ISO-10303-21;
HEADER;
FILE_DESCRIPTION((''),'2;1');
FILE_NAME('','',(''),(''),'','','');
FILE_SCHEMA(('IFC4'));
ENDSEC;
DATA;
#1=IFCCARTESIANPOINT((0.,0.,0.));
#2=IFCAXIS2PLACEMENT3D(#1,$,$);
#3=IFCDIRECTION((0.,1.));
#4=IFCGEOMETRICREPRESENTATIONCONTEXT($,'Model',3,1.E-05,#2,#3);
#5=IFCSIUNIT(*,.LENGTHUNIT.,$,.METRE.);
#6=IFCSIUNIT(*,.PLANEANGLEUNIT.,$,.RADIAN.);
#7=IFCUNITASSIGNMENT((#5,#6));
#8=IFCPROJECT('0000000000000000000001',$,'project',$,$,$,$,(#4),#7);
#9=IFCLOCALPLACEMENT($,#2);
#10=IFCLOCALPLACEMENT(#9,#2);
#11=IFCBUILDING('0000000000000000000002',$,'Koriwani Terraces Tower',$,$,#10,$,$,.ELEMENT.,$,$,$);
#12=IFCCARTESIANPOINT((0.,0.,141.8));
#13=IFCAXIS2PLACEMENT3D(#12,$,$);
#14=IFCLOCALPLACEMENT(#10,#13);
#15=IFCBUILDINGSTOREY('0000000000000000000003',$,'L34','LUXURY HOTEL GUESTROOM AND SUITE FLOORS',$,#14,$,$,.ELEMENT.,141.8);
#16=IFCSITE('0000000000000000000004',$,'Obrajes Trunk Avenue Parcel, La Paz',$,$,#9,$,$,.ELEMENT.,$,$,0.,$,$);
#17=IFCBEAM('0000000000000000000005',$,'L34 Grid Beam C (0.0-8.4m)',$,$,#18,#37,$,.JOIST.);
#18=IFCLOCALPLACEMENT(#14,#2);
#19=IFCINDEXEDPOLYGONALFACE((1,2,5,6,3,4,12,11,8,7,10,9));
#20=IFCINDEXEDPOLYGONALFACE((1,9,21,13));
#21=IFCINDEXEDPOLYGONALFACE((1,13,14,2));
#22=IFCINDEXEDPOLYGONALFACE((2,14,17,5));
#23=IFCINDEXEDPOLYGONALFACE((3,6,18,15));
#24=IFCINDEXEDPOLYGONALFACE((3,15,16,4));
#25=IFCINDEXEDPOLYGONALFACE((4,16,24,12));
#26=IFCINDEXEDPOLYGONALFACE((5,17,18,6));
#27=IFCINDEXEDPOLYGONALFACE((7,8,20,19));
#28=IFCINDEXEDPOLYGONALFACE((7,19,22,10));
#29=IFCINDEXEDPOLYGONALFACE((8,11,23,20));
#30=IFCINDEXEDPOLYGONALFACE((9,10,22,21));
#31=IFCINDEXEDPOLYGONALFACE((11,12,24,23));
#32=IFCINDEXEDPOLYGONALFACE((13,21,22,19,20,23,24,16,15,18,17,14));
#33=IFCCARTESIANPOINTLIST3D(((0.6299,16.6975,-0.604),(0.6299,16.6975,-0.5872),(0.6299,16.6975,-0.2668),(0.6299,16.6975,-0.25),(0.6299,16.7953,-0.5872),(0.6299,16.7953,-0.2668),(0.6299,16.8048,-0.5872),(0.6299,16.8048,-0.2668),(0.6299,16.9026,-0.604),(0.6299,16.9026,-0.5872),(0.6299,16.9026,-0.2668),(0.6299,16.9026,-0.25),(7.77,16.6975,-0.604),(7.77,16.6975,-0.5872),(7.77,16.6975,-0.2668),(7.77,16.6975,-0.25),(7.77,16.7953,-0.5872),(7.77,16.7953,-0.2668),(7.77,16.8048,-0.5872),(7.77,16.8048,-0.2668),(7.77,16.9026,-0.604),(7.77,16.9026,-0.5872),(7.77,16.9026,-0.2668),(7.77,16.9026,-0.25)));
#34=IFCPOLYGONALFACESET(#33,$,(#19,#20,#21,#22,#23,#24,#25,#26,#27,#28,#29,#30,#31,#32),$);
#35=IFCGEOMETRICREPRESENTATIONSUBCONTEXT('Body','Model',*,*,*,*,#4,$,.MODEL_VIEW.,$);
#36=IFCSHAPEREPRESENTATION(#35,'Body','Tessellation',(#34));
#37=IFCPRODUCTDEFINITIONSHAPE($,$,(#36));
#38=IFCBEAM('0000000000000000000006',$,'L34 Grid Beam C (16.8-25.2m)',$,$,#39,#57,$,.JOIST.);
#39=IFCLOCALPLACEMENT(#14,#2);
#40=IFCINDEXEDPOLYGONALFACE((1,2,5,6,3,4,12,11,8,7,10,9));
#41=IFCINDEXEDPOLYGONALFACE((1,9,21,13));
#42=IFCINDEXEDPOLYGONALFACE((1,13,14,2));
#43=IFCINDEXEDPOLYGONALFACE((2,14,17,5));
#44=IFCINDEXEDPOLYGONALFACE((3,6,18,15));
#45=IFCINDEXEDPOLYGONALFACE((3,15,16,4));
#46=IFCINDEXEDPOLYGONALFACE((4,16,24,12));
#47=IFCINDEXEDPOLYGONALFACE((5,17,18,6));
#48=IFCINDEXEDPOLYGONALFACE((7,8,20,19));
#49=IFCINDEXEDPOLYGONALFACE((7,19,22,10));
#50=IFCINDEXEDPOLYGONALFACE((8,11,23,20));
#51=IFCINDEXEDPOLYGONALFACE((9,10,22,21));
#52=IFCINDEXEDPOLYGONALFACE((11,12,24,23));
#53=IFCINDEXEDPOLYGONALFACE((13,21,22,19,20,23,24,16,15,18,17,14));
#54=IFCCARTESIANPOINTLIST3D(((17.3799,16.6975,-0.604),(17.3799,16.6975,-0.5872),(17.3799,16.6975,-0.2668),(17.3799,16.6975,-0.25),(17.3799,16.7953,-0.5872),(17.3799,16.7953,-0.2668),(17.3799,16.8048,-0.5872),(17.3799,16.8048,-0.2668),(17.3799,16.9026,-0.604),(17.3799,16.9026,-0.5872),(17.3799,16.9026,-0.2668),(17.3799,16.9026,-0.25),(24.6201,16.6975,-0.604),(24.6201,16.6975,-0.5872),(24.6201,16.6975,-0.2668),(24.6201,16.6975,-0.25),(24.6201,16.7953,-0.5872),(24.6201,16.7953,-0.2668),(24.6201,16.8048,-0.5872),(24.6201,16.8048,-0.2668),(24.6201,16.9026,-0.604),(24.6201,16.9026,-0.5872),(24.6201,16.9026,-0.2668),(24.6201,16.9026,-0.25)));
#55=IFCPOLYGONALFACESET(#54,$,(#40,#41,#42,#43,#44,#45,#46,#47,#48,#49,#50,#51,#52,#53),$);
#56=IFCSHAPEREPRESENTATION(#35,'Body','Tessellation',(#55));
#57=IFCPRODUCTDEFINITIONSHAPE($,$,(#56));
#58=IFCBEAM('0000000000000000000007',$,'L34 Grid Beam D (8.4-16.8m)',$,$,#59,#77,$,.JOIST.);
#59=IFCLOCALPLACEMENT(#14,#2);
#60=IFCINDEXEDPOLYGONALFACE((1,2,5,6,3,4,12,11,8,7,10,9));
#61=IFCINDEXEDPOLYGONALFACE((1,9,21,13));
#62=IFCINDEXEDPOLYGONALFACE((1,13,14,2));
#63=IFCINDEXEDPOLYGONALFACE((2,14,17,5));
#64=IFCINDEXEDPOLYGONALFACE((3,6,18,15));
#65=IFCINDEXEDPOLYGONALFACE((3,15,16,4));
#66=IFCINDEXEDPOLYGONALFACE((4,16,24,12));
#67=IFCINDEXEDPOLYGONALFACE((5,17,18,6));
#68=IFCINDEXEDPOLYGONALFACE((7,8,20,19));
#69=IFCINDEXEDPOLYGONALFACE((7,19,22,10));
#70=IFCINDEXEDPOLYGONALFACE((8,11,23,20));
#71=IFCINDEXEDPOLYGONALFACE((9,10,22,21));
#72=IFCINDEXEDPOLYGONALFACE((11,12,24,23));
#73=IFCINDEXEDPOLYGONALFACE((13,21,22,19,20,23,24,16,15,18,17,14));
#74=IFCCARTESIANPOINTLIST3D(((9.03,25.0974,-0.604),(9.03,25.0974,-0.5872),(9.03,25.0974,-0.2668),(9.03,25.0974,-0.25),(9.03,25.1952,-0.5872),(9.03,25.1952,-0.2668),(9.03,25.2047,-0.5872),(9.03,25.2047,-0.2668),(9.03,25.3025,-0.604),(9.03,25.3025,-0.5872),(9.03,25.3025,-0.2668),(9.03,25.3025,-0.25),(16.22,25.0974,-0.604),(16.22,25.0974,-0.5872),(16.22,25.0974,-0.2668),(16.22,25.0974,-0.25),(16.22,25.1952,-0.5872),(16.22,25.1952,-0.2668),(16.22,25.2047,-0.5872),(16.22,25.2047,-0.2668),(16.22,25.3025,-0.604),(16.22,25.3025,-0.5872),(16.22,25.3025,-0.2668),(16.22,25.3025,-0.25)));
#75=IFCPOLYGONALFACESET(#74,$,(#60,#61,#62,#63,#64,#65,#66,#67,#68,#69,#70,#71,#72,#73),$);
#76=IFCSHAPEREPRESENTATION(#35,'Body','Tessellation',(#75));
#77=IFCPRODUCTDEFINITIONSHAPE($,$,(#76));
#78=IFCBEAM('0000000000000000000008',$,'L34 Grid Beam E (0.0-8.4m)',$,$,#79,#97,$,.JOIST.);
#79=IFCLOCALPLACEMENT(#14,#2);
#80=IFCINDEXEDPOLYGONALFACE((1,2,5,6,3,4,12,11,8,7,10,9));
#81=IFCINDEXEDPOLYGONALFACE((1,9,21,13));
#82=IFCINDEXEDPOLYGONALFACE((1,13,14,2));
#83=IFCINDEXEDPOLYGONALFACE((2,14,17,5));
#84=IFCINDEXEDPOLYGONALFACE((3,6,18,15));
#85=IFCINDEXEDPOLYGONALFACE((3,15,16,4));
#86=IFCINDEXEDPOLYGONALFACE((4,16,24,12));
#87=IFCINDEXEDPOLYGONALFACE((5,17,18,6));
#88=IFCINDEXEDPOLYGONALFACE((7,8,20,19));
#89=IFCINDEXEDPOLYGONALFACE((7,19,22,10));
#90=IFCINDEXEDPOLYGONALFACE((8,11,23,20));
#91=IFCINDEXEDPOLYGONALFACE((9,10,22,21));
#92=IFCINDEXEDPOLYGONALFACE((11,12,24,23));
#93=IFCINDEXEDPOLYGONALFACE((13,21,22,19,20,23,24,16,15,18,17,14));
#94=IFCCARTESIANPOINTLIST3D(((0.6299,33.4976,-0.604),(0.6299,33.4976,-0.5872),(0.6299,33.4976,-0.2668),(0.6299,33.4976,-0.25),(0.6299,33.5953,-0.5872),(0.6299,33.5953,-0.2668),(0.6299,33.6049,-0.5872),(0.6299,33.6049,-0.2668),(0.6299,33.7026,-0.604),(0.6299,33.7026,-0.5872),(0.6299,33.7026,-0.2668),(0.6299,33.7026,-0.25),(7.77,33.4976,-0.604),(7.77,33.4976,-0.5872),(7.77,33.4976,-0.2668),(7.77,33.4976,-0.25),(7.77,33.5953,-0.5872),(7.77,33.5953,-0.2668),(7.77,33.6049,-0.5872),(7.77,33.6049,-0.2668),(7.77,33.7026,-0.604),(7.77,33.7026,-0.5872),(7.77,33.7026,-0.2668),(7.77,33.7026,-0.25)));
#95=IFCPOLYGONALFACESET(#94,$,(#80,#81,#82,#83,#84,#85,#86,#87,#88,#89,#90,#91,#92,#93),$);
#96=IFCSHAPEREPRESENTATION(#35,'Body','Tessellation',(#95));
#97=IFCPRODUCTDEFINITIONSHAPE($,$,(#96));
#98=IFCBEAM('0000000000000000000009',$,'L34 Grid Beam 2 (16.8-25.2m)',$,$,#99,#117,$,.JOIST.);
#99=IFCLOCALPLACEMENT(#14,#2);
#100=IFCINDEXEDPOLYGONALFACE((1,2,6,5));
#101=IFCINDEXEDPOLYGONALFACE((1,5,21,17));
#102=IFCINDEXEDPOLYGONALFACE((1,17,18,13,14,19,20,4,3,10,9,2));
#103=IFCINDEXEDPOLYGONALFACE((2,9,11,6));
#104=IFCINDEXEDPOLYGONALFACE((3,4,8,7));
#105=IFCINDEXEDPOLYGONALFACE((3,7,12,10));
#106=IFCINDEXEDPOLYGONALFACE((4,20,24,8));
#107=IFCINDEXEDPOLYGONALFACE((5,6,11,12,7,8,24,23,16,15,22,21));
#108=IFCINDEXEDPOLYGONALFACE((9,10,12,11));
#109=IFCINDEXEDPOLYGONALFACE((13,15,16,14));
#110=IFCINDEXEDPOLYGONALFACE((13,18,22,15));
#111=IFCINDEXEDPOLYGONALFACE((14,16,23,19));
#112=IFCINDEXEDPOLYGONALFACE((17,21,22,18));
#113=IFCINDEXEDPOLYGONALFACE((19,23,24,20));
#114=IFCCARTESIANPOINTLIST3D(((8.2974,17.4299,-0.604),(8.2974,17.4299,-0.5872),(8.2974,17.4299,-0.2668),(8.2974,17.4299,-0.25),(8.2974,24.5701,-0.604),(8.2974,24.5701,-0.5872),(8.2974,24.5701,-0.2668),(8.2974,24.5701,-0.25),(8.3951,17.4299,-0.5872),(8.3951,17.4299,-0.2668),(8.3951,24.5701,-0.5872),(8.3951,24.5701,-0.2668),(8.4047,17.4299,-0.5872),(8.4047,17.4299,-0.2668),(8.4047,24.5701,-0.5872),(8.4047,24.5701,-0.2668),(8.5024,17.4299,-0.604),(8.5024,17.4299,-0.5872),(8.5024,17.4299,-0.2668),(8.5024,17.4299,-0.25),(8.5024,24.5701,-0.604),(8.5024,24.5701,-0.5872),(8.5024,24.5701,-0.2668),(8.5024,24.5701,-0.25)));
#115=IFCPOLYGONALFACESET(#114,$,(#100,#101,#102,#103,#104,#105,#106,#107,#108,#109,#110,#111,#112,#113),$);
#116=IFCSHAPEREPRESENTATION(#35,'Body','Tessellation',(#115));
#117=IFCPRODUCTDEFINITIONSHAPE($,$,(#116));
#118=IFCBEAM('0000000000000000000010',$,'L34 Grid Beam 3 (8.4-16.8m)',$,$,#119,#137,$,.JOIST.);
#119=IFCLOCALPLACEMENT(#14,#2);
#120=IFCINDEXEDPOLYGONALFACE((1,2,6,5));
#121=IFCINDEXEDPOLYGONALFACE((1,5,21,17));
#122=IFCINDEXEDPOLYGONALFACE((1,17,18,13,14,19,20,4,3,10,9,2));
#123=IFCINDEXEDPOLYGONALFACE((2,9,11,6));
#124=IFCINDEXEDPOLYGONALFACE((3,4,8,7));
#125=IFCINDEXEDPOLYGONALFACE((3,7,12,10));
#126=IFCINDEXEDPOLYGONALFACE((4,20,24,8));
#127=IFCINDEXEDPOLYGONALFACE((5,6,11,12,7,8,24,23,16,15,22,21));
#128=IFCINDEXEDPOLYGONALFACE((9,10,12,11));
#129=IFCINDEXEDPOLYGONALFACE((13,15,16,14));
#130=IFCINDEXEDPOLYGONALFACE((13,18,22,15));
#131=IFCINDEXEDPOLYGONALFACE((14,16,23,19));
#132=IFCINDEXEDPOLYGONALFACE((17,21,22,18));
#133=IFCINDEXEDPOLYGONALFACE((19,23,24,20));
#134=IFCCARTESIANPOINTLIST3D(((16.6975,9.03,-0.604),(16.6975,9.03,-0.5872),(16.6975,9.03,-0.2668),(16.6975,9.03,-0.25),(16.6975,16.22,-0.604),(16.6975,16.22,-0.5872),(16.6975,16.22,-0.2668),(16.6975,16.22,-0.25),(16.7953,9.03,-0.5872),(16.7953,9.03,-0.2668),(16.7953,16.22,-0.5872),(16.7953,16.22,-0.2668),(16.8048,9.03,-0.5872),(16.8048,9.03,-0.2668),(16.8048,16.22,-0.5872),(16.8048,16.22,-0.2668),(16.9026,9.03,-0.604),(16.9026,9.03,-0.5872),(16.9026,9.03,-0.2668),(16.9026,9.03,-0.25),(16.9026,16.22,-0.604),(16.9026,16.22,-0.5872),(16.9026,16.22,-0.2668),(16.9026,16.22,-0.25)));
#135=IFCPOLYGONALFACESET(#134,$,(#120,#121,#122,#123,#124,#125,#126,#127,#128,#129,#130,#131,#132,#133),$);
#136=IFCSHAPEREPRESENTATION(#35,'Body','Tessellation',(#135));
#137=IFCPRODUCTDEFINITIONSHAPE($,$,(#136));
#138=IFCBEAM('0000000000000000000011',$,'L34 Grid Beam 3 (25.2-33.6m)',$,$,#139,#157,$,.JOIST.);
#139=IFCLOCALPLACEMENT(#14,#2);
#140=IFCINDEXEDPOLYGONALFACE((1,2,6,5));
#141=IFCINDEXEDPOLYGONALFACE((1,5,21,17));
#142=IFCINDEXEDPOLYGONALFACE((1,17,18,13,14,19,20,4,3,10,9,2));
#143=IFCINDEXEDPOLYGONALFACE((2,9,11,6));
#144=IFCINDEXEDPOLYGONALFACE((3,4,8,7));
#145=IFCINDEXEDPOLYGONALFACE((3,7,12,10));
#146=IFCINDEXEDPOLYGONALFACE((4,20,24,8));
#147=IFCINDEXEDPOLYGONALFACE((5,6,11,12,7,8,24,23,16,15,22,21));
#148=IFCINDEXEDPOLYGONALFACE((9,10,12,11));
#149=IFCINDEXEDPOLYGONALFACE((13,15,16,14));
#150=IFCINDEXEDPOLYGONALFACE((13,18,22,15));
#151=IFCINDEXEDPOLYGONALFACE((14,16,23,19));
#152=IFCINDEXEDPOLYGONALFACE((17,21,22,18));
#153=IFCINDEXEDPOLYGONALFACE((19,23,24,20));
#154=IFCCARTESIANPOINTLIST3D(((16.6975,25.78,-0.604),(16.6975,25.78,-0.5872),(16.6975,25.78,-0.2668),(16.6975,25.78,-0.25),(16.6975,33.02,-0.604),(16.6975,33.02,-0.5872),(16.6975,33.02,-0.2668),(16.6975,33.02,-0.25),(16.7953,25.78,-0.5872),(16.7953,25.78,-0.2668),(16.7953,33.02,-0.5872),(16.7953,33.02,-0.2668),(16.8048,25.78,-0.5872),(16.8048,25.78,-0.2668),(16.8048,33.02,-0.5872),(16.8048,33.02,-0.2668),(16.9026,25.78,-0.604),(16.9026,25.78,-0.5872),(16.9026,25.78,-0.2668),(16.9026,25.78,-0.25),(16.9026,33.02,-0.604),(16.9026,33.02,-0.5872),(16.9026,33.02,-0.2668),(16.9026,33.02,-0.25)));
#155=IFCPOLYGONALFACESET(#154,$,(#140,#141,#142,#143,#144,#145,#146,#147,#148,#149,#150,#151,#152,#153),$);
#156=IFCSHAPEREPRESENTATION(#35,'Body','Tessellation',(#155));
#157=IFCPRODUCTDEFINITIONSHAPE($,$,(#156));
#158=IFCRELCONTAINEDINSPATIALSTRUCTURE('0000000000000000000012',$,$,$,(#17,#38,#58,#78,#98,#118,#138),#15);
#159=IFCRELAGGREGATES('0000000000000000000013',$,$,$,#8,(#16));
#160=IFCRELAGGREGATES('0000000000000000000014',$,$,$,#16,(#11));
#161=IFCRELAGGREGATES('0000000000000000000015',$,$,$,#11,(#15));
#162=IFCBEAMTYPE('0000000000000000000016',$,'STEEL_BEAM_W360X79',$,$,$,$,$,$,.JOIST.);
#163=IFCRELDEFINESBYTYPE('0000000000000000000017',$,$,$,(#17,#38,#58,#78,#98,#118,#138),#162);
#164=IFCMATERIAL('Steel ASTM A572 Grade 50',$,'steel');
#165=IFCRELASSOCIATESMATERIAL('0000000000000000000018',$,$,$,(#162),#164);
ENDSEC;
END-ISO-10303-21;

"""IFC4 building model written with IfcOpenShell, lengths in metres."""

from ifc_helpers import new_model, si_unit, direction, frame, origin, origin_2d, place, context, subcontext, project, spatial, i_section, extrude, material, material_profile, profile_set, type_object, element, save


model = new_model("IFC4")

# Units and contexts
model_context = context("Model", 3, precision=1e-05, world=origin(), true_north=direction((0.0, 1.0)))
body_context = subcontext(model_context, "Body", "Model", "MODEL_VIEW")
ifc_project = project(units=[si_unit("LENGTHUNIT", "METRE"), si_unit("PLANEANGLEUNIT", "RADIAN")], contexts=[model_context])

# Site, building, storey
site_placement = place(None, origin())
site = spatial("IfcSite", under=ifc_project, at=site_placement, Name="Obrajes Trunk Avenue Parcel, La Paz", CompositionType="ELEMENT", RefElevation=0.0)
building_placement = place(site_placement, origin())
building = spatial("IfcBuilding", under=site, at=building_placement, Name="Koriwani Terraces Tower", CompositionType="ELEMENT")
storey_placement = place(building_placement, frame((0.0, 0.0, 141.8)))
storey = spatial("IfcBuildingStorey", under=building, at=storey_placement, Name="L34", Description="LUXURY HOTEL GUESTROOM AND SUITE FLOORS", CompositionType="ELEMENT", Elevation=141.8)

# Beams
ifc_material_1 = material(Name="Steel ASTM A572 Grade 50", Category="steel")
ifc_material_profile_1 = material_profile(ifc_material_1, i_section(OverallWidth=0.2051, OverallDepth=0.354, WebThickness=0.0095, FlangeThickness=0.0168, at=origin_2d()), Name="Steel ASTM A572 Grade 50", Category="LoadBearing")
ifc_profile_set_1 = profile_set([ifc_material_profile_1], Name="Steel ASTM A572 Grade 50")
beam_type_1 = type_object("IfcBeamType", Name="STEEL_BEAM_W360X79", PredefinedType="JOIST", material=ifc_profile_set_1)
beam_1_placement = place(storey_placement, frame((0.6299, 16.8, -0.427), z_axis=(1.0, 0.0, 0.0), x_axis=(0.0, 1.0, 0.0)))
element("IfcBeam", 1, at=beam_1_placement, inside=storey, type_object=beam_type_1, Name="L34 Grid Beam C (0.0-8.4m)", PredefinedType="JOIST", context=body_context, shape_type="SweptSolid", body=[
    extrude(i_section(OverallWidth=0.2051, OverallDepth=0.354, WebThickness=0.0095, FlangeThickness=0.0168, at=origin_2d()), origin(), (0.0, 0.0, 1.0), 7.1401),
])
beam_2_placement = place(storey_placement, frame((17.3799, 16.8, -0.427), z_axis=(1.0, 0.0, 0.0), x_axis=(0.0, 1.0, 0.0)))
element("IfcBeam", 2, at=beam_2_placement, inside=storey, type_object=beam_type_1, Name="L34 Grid Beam C (16.8-25.2m)", PredefinedType="JOIST", context=body_context, shape_type="SweptSolid", body=[
    extrude(i_section(OverallWidth=0.2051, OverallDepth=0.354, WebThickness=0.0095, FlangeThickness=0.0168, at=origin_2d()), origin(), (0.0, 0.0, 1.0), 7.2402),
])
beam_3_placement = place(storey_placement, frame((9.03, 25.2, -0.427), z_axis=(1.0, 0.0, 0.0), x_axis=(0.0, 1.0, 0.0)))
element("IfcBeam", 3, at=beam_3_placement, inside=storey, type_object=beam_type_1, Name="L34 Grid Beam D (8.4-16.8m)", PredefinedType="JOIST", context=body_context, shape_type="SweptSolid", body=[
    extrude(i_section(OverallWidth=0.2051, OverallDepth=0.354, WebThickness=0.0095, FlangeThickness=0.0168, at=origin_2d()), origin(), (0.0, 0.0, 1.0), 7.1899),
])
for number, where, z_axis, x_axis, name in (
    (4, (0.6299, 33.6001, -0.427), (1.0, 0.0, 0.0), (0.0, 1.0, 0.0), "L34 Grid Beam E (0.0-8.4m)"),
    (5, (8.3999, 17.4299, -0.427), (0.0, 1.0, 0.0), (-1.0, 0.0, 0.0), "L34 Grid Beam 2 (16.8-25.2m)"),
):
    element("IfcBeam", number, at=place(storey_placement, frame(where, z_axis=z_axis, x_axis=x_axis)), inside=storey, type_object=beam_type_1, Name=name, PredefinedType="JOIST", context=body_context, shape_type="SweptSolid", body=[
        extrude(i_section(OverallWidth=0.2051, OverallDepth=0.354, WebThickness=0.0095, FlangeThickness=0.0168, at=origin_2d()), origin(), (0.0, 0.0, 1.0), 7.1401),
    ])
beam_4_placement = place(storey_placement, frame((16.8, 9.03, -0.427), z_axis=(0.0, 1.0, 0.0), x_axis=(-1.0, 0.0, 0.0)))
element("IfcBeam", 6, at=beam_4_placement, inside=storey, type_object=beam_type_1, Name="L34 Grid Beam 3 (8.4-16.8m)", PredefinedType="JOIST", context=body_context, shape_type="SweptSolid", body=[
    extrude(i_section(OverallWidth=0.2051, OverallDepth=0.354, WebThickness=0.0095, FlangeThickness=0.0168, at=origin_2d()), origin(), (0.0, 0.0, 1.0), 7.1899),
])
beam_5_placement = place(storey_placement, frame((16.8, 25.78, -0.427), z_axis=(0.0, 1.0, 0.0), x_axis=(-1.0, 0.0, 0.0)))
element("IfcBeam", 7, at=beam_5_placement, inside=storey, type_object=beam_type_1, Name="L34 Grid Beam 3 (25.2-33.6m)", PredefinedType="JOIST", context=body_context, shape_type="SweptSolid", body=[
    extrude(i_section(OverallWidth=0.2051, OverallDepth=0.354, WebThickness=0.0095, FlangeThickness=0.0168, at=origin_2d()), origin(), (0.0, 0.0, 1.0), 7.24),
])

save(model, "model.ifc")
